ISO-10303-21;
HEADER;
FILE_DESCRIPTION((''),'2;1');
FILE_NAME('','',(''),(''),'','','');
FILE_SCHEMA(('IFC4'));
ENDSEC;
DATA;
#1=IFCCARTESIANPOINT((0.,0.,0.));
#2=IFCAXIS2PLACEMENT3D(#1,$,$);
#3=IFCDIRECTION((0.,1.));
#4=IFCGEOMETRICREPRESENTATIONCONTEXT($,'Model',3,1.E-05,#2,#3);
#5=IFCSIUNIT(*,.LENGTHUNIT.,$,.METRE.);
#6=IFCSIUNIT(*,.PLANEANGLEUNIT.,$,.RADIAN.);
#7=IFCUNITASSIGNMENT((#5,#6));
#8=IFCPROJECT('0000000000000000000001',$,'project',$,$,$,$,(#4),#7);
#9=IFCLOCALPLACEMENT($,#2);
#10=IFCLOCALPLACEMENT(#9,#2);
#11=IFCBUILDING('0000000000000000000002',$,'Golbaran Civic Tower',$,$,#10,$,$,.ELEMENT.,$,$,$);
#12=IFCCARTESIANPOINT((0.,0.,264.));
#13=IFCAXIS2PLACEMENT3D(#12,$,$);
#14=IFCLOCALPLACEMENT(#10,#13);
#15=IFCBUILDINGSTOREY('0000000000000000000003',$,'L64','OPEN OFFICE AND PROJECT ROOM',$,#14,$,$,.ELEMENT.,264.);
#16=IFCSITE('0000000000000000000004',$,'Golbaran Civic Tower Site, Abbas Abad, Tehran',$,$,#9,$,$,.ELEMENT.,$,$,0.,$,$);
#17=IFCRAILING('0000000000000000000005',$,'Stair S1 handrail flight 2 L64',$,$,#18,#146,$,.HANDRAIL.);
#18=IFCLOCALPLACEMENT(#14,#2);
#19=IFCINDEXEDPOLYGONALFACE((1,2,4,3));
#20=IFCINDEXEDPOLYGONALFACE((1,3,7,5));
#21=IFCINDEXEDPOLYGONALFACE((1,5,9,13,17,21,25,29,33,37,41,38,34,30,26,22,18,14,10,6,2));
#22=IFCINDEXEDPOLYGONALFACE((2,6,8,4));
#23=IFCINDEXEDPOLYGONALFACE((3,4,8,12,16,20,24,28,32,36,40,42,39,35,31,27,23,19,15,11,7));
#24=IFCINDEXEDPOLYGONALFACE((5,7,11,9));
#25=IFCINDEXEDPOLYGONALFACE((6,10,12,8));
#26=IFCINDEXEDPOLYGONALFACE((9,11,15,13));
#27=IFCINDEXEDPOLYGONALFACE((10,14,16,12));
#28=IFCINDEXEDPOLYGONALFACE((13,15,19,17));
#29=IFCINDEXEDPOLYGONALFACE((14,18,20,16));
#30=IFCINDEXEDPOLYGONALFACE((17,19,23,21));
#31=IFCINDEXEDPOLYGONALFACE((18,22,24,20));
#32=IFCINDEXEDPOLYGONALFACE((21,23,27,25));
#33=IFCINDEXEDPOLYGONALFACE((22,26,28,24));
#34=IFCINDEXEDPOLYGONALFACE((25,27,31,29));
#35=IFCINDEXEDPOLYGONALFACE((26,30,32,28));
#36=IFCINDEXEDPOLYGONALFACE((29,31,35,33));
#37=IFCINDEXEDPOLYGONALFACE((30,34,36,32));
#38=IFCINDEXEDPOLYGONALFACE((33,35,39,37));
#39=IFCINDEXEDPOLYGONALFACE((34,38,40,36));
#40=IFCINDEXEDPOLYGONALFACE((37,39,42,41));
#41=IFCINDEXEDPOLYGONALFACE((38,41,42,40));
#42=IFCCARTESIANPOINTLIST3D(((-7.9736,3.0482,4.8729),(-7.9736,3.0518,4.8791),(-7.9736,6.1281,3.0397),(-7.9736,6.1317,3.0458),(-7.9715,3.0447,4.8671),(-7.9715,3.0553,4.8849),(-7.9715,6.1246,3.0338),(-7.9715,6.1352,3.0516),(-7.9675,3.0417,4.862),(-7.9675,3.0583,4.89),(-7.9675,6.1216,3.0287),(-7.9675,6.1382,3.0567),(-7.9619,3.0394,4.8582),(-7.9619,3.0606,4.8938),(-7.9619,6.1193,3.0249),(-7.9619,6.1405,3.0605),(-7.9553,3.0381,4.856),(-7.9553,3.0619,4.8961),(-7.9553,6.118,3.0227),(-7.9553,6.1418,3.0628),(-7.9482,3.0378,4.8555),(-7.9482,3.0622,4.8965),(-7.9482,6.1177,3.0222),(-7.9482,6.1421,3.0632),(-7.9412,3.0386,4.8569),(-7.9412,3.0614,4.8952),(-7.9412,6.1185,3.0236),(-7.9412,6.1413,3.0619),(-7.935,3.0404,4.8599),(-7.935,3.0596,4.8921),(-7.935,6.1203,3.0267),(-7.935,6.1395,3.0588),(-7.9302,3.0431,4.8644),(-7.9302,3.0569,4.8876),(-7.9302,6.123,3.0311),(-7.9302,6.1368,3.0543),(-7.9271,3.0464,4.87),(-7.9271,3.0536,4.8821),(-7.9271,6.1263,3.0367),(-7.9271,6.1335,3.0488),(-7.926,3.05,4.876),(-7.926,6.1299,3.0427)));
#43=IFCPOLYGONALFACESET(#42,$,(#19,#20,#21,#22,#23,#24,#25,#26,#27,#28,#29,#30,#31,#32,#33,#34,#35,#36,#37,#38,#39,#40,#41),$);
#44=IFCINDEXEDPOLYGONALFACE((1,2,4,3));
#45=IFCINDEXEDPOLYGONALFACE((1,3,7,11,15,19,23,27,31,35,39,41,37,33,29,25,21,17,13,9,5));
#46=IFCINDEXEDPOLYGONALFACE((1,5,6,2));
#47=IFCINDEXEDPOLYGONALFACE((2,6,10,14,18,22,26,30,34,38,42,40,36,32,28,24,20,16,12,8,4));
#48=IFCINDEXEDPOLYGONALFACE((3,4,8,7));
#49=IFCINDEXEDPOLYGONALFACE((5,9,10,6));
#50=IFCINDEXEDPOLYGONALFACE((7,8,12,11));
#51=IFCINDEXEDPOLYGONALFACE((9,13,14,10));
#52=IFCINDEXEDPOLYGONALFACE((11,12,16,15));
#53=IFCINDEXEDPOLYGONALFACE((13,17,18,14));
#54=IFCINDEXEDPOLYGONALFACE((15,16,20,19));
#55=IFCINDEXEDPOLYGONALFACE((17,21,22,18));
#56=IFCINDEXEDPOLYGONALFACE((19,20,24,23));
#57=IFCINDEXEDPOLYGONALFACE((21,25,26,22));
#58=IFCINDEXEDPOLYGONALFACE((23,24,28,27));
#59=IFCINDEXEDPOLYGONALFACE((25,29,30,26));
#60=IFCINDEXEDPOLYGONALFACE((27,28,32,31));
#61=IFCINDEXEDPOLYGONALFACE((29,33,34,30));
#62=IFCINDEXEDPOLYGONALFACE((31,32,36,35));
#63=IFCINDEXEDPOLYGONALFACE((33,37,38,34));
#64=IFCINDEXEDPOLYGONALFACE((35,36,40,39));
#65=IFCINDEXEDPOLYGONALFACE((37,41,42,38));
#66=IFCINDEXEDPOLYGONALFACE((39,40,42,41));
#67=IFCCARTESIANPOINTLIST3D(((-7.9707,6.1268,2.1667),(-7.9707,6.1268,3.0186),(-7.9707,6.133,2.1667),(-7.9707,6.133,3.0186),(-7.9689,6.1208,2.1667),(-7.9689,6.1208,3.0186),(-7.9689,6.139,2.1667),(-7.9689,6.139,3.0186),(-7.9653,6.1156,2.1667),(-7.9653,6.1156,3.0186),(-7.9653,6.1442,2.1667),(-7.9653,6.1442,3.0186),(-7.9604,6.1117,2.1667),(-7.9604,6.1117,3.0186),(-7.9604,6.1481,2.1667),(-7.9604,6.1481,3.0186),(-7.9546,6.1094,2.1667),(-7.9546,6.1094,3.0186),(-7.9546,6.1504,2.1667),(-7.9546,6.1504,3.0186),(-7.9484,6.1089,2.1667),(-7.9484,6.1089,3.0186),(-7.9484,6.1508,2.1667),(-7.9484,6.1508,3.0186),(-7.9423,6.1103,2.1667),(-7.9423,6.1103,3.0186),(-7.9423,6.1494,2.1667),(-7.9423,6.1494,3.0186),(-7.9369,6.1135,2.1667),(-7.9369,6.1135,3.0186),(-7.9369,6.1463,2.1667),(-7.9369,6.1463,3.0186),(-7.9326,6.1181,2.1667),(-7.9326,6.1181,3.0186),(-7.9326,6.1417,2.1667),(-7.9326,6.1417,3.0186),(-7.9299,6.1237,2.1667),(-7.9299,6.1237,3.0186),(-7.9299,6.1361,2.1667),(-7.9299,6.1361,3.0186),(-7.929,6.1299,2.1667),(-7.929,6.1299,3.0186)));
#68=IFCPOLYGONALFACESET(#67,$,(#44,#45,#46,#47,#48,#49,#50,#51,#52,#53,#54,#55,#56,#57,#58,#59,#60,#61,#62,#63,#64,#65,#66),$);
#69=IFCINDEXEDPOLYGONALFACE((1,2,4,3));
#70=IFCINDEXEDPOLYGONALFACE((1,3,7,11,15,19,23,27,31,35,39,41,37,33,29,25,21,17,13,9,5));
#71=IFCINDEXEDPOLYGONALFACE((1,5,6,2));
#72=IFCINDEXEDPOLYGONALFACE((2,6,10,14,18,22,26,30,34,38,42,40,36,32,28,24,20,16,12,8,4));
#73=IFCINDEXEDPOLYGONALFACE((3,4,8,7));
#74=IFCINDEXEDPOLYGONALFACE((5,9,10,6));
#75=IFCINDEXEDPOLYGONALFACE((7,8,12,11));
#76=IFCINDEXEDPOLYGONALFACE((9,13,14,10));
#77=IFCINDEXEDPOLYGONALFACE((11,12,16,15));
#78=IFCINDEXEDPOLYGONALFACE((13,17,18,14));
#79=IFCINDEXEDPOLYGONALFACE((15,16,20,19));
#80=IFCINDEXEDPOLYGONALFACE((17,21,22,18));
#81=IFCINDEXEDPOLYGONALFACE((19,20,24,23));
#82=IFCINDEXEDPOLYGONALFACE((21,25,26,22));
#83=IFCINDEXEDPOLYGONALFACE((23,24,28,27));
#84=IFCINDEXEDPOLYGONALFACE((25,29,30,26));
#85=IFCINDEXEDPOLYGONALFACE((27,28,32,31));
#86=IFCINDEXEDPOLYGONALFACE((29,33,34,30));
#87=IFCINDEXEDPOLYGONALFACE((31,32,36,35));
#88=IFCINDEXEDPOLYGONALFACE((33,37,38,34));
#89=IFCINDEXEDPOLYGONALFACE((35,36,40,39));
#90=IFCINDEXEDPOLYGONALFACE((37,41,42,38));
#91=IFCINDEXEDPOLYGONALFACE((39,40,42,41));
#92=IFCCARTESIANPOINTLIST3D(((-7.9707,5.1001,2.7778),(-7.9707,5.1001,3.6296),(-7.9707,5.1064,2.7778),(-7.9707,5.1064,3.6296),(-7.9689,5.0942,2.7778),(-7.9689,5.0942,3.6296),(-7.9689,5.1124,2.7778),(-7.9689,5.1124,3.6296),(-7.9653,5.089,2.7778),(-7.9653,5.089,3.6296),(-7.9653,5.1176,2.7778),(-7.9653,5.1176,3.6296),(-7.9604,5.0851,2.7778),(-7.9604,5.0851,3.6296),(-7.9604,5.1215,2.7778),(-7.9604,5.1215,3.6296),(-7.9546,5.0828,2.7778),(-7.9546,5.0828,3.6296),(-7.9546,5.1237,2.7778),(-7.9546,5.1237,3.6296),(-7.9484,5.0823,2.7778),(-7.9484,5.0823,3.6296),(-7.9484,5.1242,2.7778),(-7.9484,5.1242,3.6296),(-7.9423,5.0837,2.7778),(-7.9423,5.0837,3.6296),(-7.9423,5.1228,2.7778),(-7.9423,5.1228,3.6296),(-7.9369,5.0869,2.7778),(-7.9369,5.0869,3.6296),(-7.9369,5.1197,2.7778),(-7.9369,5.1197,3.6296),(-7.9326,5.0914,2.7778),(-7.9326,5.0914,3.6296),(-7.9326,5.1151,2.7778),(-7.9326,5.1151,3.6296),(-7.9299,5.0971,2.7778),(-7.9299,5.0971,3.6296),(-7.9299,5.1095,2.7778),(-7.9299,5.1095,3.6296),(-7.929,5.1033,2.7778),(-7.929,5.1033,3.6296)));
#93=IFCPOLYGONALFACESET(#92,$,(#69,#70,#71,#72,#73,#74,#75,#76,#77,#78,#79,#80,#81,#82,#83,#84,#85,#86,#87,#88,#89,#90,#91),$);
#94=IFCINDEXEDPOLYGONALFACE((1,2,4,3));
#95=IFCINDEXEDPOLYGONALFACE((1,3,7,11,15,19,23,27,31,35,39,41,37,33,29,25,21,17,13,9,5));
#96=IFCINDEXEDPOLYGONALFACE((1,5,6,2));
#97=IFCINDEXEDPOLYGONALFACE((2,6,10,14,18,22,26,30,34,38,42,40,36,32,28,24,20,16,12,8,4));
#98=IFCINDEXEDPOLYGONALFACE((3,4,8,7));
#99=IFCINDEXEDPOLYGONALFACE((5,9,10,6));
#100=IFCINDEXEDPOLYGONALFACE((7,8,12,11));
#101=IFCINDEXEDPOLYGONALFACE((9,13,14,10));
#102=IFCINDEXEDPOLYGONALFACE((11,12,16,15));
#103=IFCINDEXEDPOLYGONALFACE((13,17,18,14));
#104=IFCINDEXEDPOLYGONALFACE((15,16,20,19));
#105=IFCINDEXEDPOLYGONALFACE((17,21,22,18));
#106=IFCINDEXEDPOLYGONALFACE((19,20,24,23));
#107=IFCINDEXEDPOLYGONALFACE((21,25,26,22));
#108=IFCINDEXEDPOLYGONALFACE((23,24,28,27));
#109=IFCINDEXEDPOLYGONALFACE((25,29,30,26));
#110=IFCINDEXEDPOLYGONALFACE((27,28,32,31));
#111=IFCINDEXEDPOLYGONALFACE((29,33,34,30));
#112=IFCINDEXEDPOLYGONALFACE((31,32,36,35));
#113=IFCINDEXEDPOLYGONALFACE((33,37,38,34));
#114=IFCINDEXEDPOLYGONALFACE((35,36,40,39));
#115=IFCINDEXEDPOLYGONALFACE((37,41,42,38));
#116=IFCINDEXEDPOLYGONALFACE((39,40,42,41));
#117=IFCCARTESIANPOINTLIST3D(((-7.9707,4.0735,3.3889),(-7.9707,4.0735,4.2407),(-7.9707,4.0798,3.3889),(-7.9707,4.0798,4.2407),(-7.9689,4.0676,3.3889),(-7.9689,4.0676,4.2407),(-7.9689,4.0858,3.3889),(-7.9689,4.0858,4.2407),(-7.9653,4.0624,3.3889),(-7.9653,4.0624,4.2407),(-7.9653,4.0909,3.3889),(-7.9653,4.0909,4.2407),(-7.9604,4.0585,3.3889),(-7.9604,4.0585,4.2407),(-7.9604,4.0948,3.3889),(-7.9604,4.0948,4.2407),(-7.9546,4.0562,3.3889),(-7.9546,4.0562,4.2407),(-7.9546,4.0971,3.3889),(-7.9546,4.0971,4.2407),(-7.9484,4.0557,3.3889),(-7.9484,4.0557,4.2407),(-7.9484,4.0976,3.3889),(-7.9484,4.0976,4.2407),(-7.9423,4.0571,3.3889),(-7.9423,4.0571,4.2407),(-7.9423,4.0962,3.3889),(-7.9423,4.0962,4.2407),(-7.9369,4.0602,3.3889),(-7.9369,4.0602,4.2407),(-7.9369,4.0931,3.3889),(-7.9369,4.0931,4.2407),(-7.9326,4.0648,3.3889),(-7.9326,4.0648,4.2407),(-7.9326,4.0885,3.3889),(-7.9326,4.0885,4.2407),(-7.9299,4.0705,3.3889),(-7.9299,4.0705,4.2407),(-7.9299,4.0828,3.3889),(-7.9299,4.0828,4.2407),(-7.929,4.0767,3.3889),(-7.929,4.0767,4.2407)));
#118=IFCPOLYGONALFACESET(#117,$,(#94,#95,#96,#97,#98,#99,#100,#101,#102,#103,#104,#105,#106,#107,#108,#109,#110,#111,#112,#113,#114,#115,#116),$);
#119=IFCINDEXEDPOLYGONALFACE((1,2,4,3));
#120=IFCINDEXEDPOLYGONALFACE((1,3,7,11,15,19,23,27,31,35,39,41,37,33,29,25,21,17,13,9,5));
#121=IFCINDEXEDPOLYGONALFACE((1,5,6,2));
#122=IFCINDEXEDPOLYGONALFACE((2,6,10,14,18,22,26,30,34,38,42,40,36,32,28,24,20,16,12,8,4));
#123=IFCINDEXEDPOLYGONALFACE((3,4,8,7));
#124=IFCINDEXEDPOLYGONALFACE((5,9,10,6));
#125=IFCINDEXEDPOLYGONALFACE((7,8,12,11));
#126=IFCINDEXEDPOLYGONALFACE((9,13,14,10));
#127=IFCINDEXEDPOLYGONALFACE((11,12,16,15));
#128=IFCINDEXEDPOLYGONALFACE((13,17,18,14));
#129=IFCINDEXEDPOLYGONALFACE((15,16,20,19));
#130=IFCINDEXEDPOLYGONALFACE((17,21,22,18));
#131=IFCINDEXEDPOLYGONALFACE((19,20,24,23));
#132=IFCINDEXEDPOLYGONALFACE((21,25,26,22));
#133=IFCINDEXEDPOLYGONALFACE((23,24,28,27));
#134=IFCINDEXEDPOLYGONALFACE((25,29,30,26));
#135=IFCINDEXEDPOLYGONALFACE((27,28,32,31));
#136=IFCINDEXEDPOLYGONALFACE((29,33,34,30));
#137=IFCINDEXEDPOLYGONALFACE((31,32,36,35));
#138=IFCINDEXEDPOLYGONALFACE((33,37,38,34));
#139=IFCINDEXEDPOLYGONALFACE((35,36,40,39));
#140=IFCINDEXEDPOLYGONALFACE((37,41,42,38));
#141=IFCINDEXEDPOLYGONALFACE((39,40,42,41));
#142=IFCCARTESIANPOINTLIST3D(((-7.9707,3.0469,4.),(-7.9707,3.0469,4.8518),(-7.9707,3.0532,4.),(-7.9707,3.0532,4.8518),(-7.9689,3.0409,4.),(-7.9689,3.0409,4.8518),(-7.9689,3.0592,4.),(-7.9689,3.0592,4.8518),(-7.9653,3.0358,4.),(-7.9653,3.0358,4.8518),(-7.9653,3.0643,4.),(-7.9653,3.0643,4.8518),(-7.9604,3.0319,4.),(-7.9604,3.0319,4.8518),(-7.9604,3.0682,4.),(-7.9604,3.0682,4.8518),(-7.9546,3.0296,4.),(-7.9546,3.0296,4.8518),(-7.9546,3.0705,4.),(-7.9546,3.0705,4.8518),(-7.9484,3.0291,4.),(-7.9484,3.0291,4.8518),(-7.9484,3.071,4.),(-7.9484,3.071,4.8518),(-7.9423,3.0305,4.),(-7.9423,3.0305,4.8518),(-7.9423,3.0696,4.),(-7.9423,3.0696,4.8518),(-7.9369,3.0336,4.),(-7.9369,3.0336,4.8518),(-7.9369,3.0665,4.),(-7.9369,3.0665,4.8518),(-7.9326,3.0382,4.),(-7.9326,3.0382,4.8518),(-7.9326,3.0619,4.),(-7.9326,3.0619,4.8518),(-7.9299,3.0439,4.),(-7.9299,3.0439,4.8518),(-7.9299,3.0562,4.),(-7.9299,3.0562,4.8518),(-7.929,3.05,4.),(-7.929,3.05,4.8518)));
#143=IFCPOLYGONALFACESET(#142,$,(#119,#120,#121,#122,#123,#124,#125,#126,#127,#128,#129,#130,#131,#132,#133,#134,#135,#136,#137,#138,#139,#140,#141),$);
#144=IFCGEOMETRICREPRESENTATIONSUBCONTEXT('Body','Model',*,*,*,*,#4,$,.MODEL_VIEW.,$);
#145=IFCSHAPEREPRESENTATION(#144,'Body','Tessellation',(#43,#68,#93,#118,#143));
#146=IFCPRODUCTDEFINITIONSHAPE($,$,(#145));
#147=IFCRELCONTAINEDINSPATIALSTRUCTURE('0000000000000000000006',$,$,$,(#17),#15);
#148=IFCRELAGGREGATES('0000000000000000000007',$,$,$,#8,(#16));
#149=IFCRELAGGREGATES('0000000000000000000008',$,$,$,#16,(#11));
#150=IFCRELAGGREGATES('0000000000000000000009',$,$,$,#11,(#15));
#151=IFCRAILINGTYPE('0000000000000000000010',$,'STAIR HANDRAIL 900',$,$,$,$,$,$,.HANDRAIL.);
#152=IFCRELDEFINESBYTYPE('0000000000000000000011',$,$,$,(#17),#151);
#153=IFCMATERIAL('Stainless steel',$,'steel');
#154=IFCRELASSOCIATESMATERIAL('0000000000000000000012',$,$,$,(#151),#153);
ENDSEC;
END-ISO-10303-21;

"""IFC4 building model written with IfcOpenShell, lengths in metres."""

from ifc_helpers import new_model, si_unit, direction, frame, origin, origin_2d, place, context, subcontext, project, spatial, circle, extrude, material, type_object, element, save


model = new_model("IFC4")

# Units and contexts
model_context = context("Model", 3, precision=1e-05, world=origin(), true_north=direction((0.0, 1.0)))
body_context = subcontext(model_context, "Body", "Model", "MODEL_VIEW")
ifc_project = project(units=[si_unit("LENGTHUNIT", "METRE"), si_unit("PLANEANGLEUNIT", "RADIAN")], contexts=[model_context])

# Site, building, storey
site_placement = place(None, origin())
site = spatial("IfcSite", under=ifc_project, at=site_placement, Name="Golbaran Civic Tower Site, Abbas Abad, Tehran", CompositionType="ELEMENT", RefElevation=0.0)
building_placement = place(site_placement, origin())
building = spatial("IfcBuilding", under=site, at=building_placement, Name="Golbaran Civic Tower", CompositionType="ELEMENT")
storey_placement = place(building_placement, frame((0.0, 0.0, 264.0)))
storey = spatial("IfcBuildingStorey", under=building, at=storey_placement, Name="L64", Description="OPEN OFFICE AND PROJECT ROOM", CompositionType="ELEMENT", Elevation=264.0)

# Shared definitions
ifc_material_1 = material(Name="Stainless steel", Category="steel")

# Railing
railing_type = type_object("IfcRailingType", Name="STAIR HANDRAIL 900", PredefinedType="HANDRAIL", material=ifc_material_1)
railing_1_placement = place(storey_placement, frame((-7.95, 6.1299, 2.1667)))
element("IfcRailing", 1, at=railing_1_placement, inside=storey, type_object=railing_type, Name="Stair S1 handrail flight 2 L64", PredefinedType="HANDRAIL", context=body_context, shape_type="SweptSolid", body=[
    extrude(circle(Radius=0.0239, at=origin_2d()), frame((0.0, 0.0, 0.876), z_axis=(0.0, -0.859291, 0.511487), x_axis=(1.0, 0.0, 0.0)), (0.0, 0.0, 1.0), 3.5842),
    extrude(circle(Radius=0.021, at=origin_2d()), origin(), (0.0, 0.0, 1.0), 0.8518),
    extrude(circle(Radius=0.021, at=origin_2d()), frame((0.0, -1.0266, 0.6111)), (0.0, 0.0, 1.0), 0.8518),
    extrude(circle(Radius=0.021, at=origin_2d()), frame((0.0, -2.0532, 1.2222)), (0.0, 0.0, 1.0), 0.8518),
    extrude(circle(Radius=0.021, at=origin_2d()), frame((0.0, -3.0798, 1.8333)), (0.0, 0.0, 1.0), 0.8518),
])

save(model, "model.ifc")
